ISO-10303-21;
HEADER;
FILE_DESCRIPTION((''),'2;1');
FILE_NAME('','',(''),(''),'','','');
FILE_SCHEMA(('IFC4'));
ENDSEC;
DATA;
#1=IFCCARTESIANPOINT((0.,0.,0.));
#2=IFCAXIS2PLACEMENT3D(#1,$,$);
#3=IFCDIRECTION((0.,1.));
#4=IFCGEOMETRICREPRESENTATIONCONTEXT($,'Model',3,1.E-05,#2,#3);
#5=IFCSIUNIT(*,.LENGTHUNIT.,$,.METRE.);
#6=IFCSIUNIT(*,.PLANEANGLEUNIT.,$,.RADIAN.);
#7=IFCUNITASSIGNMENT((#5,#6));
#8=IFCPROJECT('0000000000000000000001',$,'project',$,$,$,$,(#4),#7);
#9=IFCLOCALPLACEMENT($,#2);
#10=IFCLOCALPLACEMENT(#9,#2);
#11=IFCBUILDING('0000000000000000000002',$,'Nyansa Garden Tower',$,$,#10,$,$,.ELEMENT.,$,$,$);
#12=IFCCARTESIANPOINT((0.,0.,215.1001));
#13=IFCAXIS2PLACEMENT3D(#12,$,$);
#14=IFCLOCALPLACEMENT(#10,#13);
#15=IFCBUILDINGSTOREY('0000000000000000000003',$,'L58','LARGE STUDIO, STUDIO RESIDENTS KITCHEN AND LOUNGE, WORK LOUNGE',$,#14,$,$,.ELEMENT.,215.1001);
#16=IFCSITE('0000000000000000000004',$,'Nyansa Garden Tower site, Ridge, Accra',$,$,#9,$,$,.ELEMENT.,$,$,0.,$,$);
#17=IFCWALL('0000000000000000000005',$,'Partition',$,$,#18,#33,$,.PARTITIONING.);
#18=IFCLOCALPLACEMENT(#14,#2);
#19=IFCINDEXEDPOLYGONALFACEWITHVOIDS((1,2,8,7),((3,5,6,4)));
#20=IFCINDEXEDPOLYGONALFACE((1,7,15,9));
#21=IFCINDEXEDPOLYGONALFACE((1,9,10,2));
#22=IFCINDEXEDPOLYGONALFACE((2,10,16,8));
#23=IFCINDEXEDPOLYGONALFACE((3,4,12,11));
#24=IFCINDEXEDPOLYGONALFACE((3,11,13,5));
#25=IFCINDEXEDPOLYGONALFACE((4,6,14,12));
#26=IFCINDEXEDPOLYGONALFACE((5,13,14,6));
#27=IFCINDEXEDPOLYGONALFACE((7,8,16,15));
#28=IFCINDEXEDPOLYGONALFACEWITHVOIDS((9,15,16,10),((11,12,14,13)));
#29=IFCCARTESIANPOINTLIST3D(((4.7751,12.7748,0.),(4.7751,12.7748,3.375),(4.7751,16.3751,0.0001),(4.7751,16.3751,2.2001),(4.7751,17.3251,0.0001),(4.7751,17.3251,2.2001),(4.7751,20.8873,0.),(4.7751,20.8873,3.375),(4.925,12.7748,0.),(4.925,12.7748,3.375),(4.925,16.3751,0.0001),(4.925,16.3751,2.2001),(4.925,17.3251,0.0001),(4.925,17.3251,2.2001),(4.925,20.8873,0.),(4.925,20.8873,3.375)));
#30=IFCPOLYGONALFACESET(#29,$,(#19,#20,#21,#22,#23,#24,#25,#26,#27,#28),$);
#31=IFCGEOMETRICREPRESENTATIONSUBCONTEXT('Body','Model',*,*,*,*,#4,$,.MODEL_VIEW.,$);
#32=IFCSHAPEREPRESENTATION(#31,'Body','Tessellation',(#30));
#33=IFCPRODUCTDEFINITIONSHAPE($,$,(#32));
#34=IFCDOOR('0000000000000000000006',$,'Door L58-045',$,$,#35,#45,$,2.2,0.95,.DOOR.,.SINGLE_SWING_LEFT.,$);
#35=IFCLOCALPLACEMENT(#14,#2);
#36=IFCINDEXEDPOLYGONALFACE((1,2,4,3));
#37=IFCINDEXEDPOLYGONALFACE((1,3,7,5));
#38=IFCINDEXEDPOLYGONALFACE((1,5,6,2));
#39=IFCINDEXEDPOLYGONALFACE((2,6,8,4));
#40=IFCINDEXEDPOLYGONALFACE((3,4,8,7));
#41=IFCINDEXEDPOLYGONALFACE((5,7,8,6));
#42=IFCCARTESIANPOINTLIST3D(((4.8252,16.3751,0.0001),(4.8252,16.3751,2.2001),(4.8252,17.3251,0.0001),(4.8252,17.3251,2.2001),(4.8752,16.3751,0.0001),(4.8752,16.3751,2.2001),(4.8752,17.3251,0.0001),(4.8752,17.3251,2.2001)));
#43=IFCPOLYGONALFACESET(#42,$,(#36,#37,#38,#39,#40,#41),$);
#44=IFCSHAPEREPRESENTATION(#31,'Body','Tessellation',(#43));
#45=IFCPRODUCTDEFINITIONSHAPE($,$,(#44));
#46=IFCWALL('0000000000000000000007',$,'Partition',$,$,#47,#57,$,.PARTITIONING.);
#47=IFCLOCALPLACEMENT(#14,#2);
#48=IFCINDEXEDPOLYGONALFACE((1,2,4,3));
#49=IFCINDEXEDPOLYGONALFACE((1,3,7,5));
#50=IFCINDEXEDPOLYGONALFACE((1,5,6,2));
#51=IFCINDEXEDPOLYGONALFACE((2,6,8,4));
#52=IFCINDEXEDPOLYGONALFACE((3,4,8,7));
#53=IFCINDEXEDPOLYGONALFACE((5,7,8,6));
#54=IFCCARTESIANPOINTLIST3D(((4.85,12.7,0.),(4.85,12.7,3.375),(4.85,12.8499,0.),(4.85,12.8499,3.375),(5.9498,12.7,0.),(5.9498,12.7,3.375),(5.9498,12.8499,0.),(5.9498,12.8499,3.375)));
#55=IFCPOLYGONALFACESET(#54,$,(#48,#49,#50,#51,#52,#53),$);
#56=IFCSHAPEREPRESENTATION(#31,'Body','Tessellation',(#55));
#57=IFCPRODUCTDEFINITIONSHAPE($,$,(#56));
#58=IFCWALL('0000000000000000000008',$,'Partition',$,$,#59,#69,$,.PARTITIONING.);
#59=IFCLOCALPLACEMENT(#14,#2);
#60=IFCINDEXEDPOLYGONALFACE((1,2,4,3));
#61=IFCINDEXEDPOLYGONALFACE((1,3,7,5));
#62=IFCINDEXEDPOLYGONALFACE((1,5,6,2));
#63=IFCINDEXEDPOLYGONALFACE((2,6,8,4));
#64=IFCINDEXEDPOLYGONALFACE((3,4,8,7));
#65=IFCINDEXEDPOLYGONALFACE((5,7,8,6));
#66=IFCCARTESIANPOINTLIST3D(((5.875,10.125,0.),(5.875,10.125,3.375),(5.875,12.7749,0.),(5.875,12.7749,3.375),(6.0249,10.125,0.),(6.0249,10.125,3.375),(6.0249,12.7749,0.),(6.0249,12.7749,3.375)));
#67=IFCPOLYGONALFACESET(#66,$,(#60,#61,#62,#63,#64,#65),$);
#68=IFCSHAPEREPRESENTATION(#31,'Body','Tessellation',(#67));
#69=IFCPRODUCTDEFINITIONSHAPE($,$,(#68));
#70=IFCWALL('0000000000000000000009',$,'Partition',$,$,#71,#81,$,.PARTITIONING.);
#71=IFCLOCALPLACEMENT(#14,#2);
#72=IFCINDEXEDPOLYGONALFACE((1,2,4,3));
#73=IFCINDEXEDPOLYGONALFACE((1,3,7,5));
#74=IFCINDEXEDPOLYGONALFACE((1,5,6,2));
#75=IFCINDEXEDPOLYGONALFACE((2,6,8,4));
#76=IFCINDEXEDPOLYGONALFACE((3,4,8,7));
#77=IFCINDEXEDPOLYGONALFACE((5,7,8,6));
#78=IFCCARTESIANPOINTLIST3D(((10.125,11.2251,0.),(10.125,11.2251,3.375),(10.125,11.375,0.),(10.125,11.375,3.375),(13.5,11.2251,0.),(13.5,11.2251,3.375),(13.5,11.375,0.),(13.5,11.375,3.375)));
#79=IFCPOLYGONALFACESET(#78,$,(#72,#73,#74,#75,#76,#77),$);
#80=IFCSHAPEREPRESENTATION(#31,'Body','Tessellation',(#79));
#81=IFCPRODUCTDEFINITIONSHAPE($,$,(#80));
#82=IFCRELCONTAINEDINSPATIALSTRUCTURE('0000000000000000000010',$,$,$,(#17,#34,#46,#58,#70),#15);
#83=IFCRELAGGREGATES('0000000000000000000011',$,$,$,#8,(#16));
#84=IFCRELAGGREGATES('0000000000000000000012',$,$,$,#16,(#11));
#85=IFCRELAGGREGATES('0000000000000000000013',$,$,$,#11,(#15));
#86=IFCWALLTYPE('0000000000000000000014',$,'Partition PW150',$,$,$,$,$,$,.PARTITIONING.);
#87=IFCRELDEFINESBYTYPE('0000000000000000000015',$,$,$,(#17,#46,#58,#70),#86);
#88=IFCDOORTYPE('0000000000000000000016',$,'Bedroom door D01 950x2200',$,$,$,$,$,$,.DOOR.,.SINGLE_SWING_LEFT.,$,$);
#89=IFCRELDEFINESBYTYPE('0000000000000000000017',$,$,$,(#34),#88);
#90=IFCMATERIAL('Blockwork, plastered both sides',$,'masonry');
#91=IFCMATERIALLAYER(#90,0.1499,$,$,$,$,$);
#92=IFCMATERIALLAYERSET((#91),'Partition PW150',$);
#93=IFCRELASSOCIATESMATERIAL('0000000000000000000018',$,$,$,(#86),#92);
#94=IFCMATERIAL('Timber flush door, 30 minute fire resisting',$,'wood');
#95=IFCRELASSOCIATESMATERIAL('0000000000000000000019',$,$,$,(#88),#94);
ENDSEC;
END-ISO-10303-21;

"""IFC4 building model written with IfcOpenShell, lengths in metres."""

from ifc_helpers import new_model, si_unit, direction, frame, frame_2d, origin, place, context, subcontext, project, spatial, rectangle, extrude, material, layer, layer_set, type_object, element, fill, save


model = new_model("IFC4")

# Units and contexts
model_context = context("Model", 3, precision=1e-05, world=origin(), true_north=direction((0.0, 1.0)))
body_context = subcontext(model_context, "Body", "Model", "MODEL_VIEW")
ifc_project = project(units=[si_unit("LENGTHUNIT", "METRE"), si_unit("PLANEANGLEUNIT", "RADIAN")], contexts=[model_context])

# Site, building, storey
site_placement = place(None, origin())
site = spatial("IfcSite", under=ifc_project, at=site_placement, Name="Nyansa Garden Tower site, Ridge, Accra", CompositionType="ELEMENT", RefElevation=0.0)
building_placement = place(site_placement, origin())
building = spatial("IfcBuilding", under=site, at=building_placement, Name="Nyansa Garden Tower", CompositionType="ELEMENT")
storey_placement = place(building_placement, frame((0.0, 0.0, 215.1001)))
storey = spatial("IfcBuildingStorey", under=building, at=storey_placement, Name="L58", Description="LARGE STUDIO, STUDIO RESIDENTS KITCHEN AND LOUNGE, WORK LOUNGE", CompositionType="ELEMENT", Elevation=215.1001)

# Wall, opening, door
ifc_material_1 = material(Name="Blockwork, plastered both sides", Category="masonry")
ifc_layer = layer(ifc_material_1, 0.1499)
ifc_layer_set = layer_set([ifc_layer], Name="Partition PW150")
wall_type = type_object("IfcWallType", Name="Partition PW150", PredefinedType="PARTITIONING", material=ifc_layer_set)
wall_1_placement = place(storey_placement, frame((4.8501, 12.7749, 0.0), z_axis=(0.0, 0.0, 1.0), x_axis=(0.0, 1.0, 0.0)))
wall_1 = element("IfcWall", 1, at=wall_1_placement, inside=storey, type_object=wall_type, Name="Partition", PredefinedType="PARTITIONING", context=body_context, shape_type="SweptSolid", body=[
    extrude(rectangle(XDim=8.1125, YDim=0.1499, at=frame_2d((4.0562, 0.0))), origin(), (0.0, 0.0, 1.0), 3.375),
])
opening_placement = place(wall_1_placement, frame((3.6001, 0.0, 0.0)))
opening = element("IfcOpeningElement", 2, at=opening_placement, cuts=wall_1, PredefinedType="OPENING", context=body_context, shape_type="SweptSolid", body=[
    extrude(rectangle(XDim=0.95, YDim=2.2, at=frame_2d((0.4751, 1.1001))), frame((0.0, 0.085, 0.0), z_axis=(0.0, -1.0, 0.0), x_axis=(1.0, 0.0, 0.0)), (0.0, 0.0, 1.0), 0.1699),
])
ifc_material_2 = material(Name="Timber flush door, 30 minute fire resisting", Category="wood")
door_type = type_object("IfcDoorType", Name="Bedroom door D01 950x2200", OperationType="SINGLE_SWING_LEFT", PredefinedType="DOOR", material=ifc_material_2)
door_placement = place(opening_placement, origin())
door = element("IfcDoor", 3, at=door_placement, inside=storey, type_object=door_type, Name="Door L58-045", OperationType="SINGLE_SWING_LEFT", OverallHeight=2.2, OverallWidth=0.95, PredefinedType="DOOR", context=body_context, shape_type="SweptSolid", body=[
    extrude(rectangle(XDim=0.95, YDim=2.2, at=frame_2d((0.4751, 1.1001))), frame((0.0, 0.0249, 0.0), z_axis=(0.0, -1.0, 0.0), x_axis=(1.0, 0.0, 0.0)), (0.0, 0.0, 1.0), 0.05),
])
fill(opening, door)

# Walls
wall_2_placement = place(storey_placement, frame((4.8501, 12.7749, 0.0), z_axis=(0.0, 0.0, 1.0), x_axis=(1.0, 0.0, 0.0)))
element("IfcWall", 4, at=wall_2_placement, inside=storey, type_object=wall_type, Name="Partition", PredefinedType="PARTITIONING", context=body_context, shape_type="SweptSolid", body=[
    extrude(rectangle(XDim=1.0999, YDim=0.1499, at=frame_2d((0.5498, 0.0))), origin(), (0.0, 0.0, 1.0), 3.375),
])
wall_3_placement = place(storey_placement, frame((5.95, 10.125, 0.0), z_axis=(0.0, 0.0, 1.0), x_axis=(0.0, 1.0, 0.0)))
element("IfcWall", 5, at=wall_3_placement, inside=storey, type_object=wall_type, Name="Partition", PredefinedType="PARTITIONING", context=body_context, shape_type="SweptSolid", body=[
    extrude(rectangle(XDim=2.6499, YDim=0.1499, at=frame_2d((1.325, 0.0))), origin(), (0.0, 0.0, 1.0), 3.375),
])
wall_4_placement = place(storey_placement, frame((10.125, 11.3, 0.0), z_axis=(0.0, 0.0, 1.0), x_axis=(1.0, 0.0, 0.0)))
element("IfcWall", 6, at=wall_4_placement, inside=storey, type_object=wall_type, Name="Partition", PredefinedType="PARTITIONING", context=body_context, shape_type="SweptSolid", body=[
    extrude(rectangle(XDim=3.375, YDim=0.1499, at=frame_2d((1.6875, 0.0))), origin(), (0.0, 0.0, 1.0), 3.375),
])

save(model, "model.ifc")
